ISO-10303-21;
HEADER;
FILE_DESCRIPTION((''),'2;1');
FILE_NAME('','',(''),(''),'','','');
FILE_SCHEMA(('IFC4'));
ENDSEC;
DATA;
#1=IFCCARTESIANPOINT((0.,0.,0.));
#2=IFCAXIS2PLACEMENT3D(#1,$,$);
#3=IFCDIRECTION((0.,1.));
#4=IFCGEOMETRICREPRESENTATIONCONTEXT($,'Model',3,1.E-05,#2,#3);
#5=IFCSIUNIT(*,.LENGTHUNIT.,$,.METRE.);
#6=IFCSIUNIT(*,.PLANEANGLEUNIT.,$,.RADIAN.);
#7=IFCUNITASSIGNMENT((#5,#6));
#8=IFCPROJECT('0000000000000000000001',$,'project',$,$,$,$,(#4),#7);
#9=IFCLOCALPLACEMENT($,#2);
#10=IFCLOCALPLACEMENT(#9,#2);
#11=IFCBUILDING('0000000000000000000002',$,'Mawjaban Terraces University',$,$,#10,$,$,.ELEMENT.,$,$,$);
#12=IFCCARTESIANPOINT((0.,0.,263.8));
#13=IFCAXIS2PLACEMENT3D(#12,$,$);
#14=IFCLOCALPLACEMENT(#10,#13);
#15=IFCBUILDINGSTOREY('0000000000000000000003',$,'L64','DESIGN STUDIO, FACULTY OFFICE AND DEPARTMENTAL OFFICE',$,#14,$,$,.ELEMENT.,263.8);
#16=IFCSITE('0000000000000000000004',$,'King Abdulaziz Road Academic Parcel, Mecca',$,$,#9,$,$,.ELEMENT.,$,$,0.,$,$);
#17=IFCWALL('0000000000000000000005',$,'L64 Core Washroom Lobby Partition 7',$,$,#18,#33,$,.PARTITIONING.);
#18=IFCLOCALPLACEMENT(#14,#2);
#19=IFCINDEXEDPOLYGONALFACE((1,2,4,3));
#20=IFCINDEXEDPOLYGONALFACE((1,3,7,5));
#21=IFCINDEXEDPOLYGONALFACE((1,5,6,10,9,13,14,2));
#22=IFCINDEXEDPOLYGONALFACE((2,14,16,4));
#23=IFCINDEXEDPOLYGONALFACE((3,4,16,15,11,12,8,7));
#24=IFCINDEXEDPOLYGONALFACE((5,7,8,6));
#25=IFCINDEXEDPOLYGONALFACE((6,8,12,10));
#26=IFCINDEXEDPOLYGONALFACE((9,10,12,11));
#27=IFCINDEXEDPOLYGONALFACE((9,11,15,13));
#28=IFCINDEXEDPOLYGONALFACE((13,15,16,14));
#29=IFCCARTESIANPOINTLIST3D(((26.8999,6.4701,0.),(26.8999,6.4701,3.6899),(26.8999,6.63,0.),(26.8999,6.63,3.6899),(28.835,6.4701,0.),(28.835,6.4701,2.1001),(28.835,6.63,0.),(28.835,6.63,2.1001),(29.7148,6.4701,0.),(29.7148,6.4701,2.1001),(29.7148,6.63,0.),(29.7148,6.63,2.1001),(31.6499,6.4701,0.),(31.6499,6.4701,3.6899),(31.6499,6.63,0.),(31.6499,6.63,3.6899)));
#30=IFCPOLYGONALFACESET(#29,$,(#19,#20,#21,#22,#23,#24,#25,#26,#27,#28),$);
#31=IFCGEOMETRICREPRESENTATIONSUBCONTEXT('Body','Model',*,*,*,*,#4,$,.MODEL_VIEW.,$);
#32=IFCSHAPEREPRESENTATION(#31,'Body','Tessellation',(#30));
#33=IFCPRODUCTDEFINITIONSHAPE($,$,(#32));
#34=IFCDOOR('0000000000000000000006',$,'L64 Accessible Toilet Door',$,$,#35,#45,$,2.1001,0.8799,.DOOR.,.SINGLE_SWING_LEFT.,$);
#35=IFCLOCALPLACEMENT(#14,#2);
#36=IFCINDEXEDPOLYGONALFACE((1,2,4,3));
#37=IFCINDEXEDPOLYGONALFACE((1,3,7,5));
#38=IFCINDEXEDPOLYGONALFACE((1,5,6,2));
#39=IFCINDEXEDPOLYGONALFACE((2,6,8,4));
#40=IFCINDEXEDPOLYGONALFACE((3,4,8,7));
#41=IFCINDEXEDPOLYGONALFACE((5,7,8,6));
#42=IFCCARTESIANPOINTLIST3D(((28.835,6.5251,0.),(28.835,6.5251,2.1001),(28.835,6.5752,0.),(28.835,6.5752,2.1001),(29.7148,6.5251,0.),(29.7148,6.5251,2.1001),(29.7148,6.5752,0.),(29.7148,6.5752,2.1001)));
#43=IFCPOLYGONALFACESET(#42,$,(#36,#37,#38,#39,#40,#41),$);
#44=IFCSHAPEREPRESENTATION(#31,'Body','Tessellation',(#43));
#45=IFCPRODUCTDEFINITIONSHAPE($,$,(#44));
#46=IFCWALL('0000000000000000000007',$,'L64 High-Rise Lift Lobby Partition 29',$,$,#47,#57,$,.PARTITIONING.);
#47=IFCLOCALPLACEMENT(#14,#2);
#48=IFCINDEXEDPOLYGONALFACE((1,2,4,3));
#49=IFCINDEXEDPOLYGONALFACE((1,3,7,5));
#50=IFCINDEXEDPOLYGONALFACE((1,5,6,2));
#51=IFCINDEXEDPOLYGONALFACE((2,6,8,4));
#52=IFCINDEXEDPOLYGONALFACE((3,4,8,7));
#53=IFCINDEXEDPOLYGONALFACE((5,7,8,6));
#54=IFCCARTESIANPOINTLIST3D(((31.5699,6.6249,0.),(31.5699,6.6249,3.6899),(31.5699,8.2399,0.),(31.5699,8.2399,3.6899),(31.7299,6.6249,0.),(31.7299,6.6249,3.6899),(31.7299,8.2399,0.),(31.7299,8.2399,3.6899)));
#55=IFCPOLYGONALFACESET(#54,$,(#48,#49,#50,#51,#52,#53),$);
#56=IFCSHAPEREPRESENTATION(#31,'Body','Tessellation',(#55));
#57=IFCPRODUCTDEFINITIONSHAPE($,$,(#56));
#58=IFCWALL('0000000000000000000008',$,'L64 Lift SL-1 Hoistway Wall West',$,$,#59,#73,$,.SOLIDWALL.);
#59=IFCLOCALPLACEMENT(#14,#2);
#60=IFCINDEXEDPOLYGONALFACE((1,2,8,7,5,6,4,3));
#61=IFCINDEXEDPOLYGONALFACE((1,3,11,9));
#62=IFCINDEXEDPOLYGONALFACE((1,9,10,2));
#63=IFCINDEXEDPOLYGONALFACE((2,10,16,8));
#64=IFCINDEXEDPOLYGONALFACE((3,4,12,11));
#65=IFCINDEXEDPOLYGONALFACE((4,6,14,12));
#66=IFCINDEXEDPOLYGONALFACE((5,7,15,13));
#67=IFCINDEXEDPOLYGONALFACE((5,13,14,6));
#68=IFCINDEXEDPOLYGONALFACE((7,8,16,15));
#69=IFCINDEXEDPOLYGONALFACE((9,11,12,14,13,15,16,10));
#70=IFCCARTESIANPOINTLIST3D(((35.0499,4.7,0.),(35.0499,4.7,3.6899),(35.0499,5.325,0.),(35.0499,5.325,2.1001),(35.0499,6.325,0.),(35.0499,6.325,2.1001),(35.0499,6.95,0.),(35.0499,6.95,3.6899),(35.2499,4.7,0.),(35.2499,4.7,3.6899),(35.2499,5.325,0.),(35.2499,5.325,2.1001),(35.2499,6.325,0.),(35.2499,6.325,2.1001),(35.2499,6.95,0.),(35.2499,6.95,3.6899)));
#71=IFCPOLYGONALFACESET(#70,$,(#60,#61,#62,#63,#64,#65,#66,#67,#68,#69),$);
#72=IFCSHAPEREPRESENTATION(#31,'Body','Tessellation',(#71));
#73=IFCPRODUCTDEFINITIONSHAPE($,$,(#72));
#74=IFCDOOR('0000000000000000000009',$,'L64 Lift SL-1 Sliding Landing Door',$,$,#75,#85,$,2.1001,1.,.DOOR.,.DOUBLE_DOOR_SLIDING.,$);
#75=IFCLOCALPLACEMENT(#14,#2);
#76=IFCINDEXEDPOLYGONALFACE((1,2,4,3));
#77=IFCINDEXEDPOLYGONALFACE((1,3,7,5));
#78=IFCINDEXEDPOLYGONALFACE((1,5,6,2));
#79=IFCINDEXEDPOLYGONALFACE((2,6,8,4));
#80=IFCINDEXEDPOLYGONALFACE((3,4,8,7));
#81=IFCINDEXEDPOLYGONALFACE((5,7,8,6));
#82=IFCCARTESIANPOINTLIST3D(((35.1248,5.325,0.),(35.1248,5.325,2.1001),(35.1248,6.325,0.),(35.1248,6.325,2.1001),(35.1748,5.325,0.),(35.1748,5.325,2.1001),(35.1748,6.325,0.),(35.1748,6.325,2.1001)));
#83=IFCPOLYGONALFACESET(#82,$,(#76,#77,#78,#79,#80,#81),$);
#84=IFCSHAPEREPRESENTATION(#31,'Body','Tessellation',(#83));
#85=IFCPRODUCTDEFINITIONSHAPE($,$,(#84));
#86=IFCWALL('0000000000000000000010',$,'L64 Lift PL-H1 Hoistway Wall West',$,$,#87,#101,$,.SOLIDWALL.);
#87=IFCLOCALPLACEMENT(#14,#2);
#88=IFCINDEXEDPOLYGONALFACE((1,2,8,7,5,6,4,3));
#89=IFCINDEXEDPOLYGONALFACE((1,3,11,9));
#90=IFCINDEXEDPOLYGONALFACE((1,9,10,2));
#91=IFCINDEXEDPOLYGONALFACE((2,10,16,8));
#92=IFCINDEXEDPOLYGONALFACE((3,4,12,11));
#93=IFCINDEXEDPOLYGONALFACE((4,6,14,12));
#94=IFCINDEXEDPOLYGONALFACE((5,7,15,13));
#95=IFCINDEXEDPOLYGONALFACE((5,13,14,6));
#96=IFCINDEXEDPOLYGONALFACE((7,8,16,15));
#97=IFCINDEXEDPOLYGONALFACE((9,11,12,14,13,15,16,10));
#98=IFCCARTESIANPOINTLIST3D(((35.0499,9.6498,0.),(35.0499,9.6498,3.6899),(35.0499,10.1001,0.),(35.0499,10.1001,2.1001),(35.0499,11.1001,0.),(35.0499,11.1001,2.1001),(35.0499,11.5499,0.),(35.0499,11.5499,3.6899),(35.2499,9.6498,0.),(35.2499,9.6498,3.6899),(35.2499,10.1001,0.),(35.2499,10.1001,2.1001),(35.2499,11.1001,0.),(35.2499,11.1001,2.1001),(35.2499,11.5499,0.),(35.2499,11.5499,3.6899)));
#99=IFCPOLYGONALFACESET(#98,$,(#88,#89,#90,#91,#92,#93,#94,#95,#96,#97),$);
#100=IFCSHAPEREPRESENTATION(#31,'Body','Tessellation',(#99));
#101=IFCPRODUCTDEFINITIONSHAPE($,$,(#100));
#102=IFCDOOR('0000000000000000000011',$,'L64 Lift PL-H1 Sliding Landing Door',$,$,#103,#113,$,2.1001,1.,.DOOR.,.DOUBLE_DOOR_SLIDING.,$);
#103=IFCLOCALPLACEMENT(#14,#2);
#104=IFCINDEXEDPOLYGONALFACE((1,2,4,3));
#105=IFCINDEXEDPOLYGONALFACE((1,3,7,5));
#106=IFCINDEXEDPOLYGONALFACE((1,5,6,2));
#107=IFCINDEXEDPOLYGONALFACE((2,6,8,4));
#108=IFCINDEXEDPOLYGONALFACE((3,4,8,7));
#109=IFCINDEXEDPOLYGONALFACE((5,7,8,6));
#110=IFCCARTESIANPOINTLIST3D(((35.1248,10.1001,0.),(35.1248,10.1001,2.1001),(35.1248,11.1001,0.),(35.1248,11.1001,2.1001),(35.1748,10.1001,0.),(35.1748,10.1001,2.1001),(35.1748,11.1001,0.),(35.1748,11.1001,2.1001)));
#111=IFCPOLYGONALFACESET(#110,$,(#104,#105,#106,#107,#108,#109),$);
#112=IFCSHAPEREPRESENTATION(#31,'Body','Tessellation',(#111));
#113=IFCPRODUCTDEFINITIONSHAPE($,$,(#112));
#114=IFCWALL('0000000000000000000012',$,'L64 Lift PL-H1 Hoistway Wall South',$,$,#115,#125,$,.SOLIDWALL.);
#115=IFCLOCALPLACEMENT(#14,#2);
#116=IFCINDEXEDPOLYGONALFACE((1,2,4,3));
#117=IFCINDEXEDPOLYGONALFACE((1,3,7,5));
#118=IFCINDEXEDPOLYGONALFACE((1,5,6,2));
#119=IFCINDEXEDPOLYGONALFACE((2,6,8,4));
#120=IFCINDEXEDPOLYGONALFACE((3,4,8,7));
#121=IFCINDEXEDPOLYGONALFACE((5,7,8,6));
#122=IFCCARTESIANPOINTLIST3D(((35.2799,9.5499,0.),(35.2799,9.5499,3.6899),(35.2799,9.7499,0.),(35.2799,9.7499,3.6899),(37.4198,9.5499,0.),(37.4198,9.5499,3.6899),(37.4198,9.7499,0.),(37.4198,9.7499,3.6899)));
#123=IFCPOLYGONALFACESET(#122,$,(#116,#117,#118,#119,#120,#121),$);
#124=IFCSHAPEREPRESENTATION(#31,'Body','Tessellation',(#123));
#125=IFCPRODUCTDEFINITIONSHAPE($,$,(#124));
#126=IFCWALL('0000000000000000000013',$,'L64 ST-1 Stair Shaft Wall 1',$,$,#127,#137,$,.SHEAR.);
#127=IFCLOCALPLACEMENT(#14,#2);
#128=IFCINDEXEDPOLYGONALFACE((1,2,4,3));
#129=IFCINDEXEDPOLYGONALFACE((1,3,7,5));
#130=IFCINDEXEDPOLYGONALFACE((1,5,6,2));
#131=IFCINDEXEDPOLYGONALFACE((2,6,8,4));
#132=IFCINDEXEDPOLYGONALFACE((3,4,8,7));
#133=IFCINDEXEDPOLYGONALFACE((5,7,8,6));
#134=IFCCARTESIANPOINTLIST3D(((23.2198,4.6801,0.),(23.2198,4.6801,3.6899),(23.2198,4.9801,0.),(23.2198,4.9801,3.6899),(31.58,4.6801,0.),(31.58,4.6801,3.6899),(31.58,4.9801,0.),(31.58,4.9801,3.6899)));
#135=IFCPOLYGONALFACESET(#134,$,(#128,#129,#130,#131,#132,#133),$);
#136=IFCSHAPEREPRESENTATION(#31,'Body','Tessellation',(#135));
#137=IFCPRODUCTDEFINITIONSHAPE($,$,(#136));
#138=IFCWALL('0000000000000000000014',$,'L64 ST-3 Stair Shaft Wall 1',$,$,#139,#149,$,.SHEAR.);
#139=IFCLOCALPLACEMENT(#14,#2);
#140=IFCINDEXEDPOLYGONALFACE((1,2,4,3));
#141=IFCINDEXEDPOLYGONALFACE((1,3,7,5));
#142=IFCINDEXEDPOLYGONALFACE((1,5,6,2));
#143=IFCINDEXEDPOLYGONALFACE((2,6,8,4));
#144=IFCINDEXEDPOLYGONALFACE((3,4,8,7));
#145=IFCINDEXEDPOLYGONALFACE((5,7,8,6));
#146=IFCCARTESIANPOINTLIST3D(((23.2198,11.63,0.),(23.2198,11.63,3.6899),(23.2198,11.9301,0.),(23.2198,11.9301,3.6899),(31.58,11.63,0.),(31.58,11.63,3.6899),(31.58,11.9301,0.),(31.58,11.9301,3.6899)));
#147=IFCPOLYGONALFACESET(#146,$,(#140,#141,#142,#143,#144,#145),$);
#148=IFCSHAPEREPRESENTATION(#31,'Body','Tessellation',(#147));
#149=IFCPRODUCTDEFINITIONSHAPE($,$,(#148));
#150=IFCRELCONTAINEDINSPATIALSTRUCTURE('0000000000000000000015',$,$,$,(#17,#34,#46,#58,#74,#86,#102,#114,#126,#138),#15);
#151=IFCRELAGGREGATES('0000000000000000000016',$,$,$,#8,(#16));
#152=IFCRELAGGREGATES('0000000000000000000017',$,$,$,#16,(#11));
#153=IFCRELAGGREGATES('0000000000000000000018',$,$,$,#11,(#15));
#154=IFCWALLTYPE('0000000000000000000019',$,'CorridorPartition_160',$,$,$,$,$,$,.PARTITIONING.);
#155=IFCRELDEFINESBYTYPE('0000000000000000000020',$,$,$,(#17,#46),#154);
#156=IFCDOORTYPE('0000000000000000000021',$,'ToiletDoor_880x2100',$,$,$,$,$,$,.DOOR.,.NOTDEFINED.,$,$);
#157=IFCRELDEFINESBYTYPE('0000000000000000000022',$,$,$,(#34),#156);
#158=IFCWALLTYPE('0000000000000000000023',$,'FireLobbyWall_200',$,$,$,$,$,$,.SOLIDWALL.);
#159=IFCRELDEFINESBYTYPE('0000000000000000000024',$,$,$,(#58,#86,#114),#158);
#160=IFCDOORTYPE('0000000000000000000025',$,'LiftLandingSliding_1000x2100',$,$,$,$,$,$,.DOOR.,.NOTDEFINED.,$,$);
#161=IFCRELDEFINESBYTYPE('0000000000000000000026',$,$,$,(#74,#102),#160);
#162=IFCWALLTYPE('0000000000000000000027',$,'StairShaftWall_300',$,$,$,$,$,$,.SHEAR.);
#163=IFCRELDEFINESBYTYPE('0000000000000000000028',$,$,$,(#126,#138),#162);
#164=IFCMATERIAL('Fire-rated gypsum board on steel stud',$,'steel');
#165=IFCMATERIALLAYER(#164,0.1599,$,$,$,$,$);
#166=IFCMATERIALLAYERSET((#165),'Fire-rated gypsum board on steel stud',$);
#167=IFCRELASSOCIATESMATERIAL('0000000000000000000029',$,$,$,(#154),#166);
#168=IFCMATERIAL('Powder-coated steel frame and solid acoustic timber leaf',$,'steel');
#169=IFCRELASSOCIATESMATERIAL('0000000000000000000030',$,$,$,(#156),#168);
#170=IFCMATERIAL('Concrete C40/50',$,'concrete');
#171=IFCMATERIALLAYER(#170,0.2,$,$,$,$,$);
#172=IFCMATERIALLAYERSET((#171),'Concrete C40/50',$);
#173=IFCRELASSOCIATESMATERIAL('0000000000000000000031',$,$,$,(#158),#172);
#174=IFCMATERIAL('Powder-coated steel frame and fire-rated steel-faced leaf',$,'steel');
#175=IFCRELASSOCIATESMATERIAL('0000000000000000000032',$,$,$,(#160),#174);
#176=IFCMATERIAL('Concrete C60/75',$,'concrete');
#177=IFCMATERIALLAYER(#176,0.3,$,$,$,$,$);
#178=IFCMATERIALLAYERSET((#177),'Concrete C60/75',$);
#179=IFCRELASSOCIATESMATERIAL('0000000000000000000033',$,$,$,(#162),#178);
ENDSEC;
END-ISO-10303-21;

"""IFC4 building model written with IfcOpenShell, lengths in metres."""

from ifc_helpers import new_model, si_unit, direction, frame, frame_2d, origin, place, context, subcontext, project, spatial, rectangle, extrude, material, layer, layer_set, type_object, element, fill, save


model = new_model("IFC4")

# Units and contexts
model_context = context("Model", 3, precision=1e-05, world=origin(), true_north=direction((0.0, 1.0)))
body_context = subcontext(model_context, "Body", "Model", "MODEL_VIEW")
ifc_project = project(units=[si_unit("LENGTHUNIT", "METRE"), si_unit("PLANEANGLEUNIT", "RADIAN")], contexts=[model_context])

# Site, building, storey
site_placement = place(None, origin())
site = spatial("IfcSite", under=ifc_project, at=site_placement, Name="King Abdulaziz Road Academic Parcel, Mecca", CompositionType="ELEMENT", RefElevation=0.0)
building_placement = place(site_placement, origin())
building = spatial("IfcBuilding", under=site, at=building_placement, Name="Mawjaban Terraces University", CompositionType="ELEMENT")
storey_placement = place(building_placement, frame((0.0, 0.0, 263.8)))
storey = spatial("IfcBuildingStorey", under=building, at=storey_placement, Name="L64", Description="DESIGN STUDIO, FACULTY OFFICE AND DEPARTMENTAL OFFICE", CompositionType="ELEMENT", Elevation=263.8)

# Wall, opening, door
ifc_material_1 = material(Name="Fire-rated gypsum board on steel stud", Category="steel")
ifc_layer_1 = layer(ifc_material_1, 0.1599)
ifc_layer_set_1 = layer_set([ifc_layer_1], Name="Fire-rated gypsum board on steel stud")
wall_type_1 = type_object("IfcWallType", Name="CorridorPartition_160", PredefinedType="PARTITIONING", material=ifc_layer_set_1)
wall_1_placement = place(storey_placement, frame((31.6499, 6.55, 0.0), z_axis=(0.0, 0.0, 1.0), x_axis=(-1.0, 0.0, 0.0)))
wall_1 = element("IfcWall", 1, at=wall_1_placement, inside=storey, type_object=wall_type_1, Name="L64 Core Washroom Lobby Partition 7", PredefinedType="PARTITIONING", context=body_context, shape_type="SweptSolid", body=[
    extrude(rectangle(XDim=4.75, YDim=0.1599, at=frame_2d((2.375, 0.0))), origin(), (0.0, 0.0, 1.0), 3.6899),
])
opening_1_placement = place(wall_1_placement, frame((1.9351, 0.0, 0.0)))
opening_1 = element("IfcOpeningElement", 2, at=opening_1_placement, cuts=wall_1, PredefinedType="OPENING", context=body_context, shape_type="SweptSolid", body=[
    extrude(rectangle(XDim=0.8799, YDim=2.1001, at=frame_2d((0.4399, 1.05))), frame((0.0, 0.0898, 0.0), z_axis=(0.0, -1.0, 0.0), x_axis=(1.0, 0.0, 0.0)), (0.0, 0.0, 1.0), 0.1799),
])
ifc_material_2 = material(Name="Powder-coated steel frame and solid acoustic timber leaf", Category="steel")
door_type_1 = type_object("IfcDoorType", Name="ToiletDoor_880x2100", OperationType="NOTDEFINED", PredefinedType="DOOR", material=ifc_material_2)
door_1_placement = place(opening_1_placement, origin())
door_1 = element("IfcDoor", 3, at=door_1_placement, inside=storey, type_object=door_type_1, Name="L64 Accessible Toilet Door", OperationType="SINGLE_SWING_LEFT", OverallHeight=2.1001, OverallWidth=0.8799, PredefinedType="DOOR", context=body_context, shape_type="SweptSolid", body=[
    extrude(rectangle(XDim=0.8799, YDim=2.1001, at=frame_2d((0.4399, 1.05))), frame((0.0, 0.0249, 0.0), z_axis=(0.0, -1.0, 0.0), x_axis=(1.0, 0.0, 0.0)), (0.0, 0.0, 1.0), 0.05),
])
fill(opening_1, door_1)

# Wall
wall_2_placement = place(storey_placement, frame((31.6499, 8.24, 0.0), z_axis=(0.0, 0.0, 1.0), x_axis=(0.0, -1.0, 0.0)))
element("IfcWall", 4, at=wall_2_placement, inside=storey, type_object=wall_type_1, Name="L64 High-Rise Lift Lobby Partition 29", PredefinedType="PARTITIONING", context=body_context, shape_type="SweptSolid", body=[
    extrude(rectangle(XDim=1.615, YDim=0.1599, at=frame_2d((0.8076, 0.0))), origin(), (0.0, 0.0, 1.0), 3.6899),
])

# Walls, openings, doors
ifc_material_3 = material(Name="Concrete C40/50", Category="concrete")
ifc_layer_2 = layer(ifc_material_3, 0.2)
ifc_layer_set_2 = layer_set([ifc_layer_2], Name="Concrete C40/50")
wall_type_2 = type_object("IfcWallType", Name="FireLobbyWall_200", PredefinedType="SOLIDWALL", material=ifc_layer_set_2)
wall_3_placement = place(storey_placement, frame((35.1499, 6.95, 0.0), z_axis=(0.0, 0.0, 1.0), x_axis=(0.0, -1.0, 0.0)))
wall_3 = element("IfcWall", 5, at=wall_3_placement, inside=storey, type_object=wall_type_2, Name="L64 Lift SL-1 Hoistway Wall West", PredefinedType="SOLIDWALL", context=body_context, shape_type="SweptSolid", body=[
    extrude(rectangle(XDim=2.25, YDim=0.2, at=frame_2d((1.125, 0.0))), origin(), (0.0, 0.0, 1.0), 3.6899),
])
opening_2_placement = place(wall_3_placement, frame((0.625, 0.0, 0.0)))
opening_2 = element("IfcOpeningElement", 6, at=opening_2_placement, cuts=wall_3, PredefinedType="OPENING", context=body_context, shape_type="SweptSolid", body=[
    extrude(rectangle(XDim=1.0, YDim=2.1001, at=frame_2d((0.5, 1.05))), frame((0.0, 0.1099, 0.0), z_axis=(0.0, -1.0, 0.0), x_axis=(1.0, 0.0, 0.0)), (0.0, 0.0, 1.0), 0.22),
])
ifc_material_4 = material(Name="Powder-coated steel frame and fire-rated steel-faced leaf", Category="steel")
door_type_2 = type_object("IfcDoorType", Name="LiftLandingSliding_1000x2100", OperationType="NOTDEFINED", PredefinedType="DOOR", material=ifc_material_4)
door_2_placement = place(opening_2_placement, origin())
door_2 = element("IfcDoor", 7, at=door_2_placement, inside=storey, type_object=door_type_2, Name="L64 Lift SL-1 Sliding Landing Door", OperationType="DOUBLE_DOOR_SLIDING", OverallHeight=2.1001, OverallWidth=1.0, PredefinedType="DOOR", context=body_context, shape_type="SweptSolid", body=[
    extrude(rectangle(XDim=1.0, YDim=2.1001, at=frame_2d((0.5, 1.05))), frame((0.0, 0.0249, 0.0), z_axis=(0.0, -1.0, 0.0), x_axis=(1.0, 0.0, 0.0)), (0.0, 0.0, 1.0), 0.05),
])
fill(opening_2, door_2)
wall_4_placement = place(storey_placement, frame((35.1499, 11.55, 0.0), z_axis=(0.0, 0.0, 1.0), x_axis=(0.0, -1.0, 0.0)))
wall_4 = element("IfcWall", 8, at=wall_4_placement, inside=storey, type_object=wall_type_2, Name="L64 Lift PL-H1 Hoistway Wall West", PredefinedType="SOLIDWALL", context=body_context, shape_type="SweptSolid", body=[
    extrude(rectangle(XDim=1.9001, YDim=0.2, at=frame_2d((0.9502, 0.0))), origin(), (0.0, 0.0, 1.0), 3.6899),
])
opening_3_placement = place(wall_4_placement, frame((0.45, 0.0, 0.0)))
opening_3 = element("IfcOpeningElement", 9, at=opening_3_placement, cuts=wall_4, PredefinedType="OPENING", context=body_context, shape_type="SweptSolid", body=[
    extrude(rectangle(XDim=1.0, YDim=2.1001, at=frame_2d((0.5, 1.05))), frame((0.0, 0.1099, 0.0), z_axis=(0.0, -1.0, 0.0), x_axis=(1.0, 0.0, 0.0)), (0.0, 0.0, 1.0), 0.22),
])
door_3_placement = place(opening_3_placement, origin())
door_3 = element("IfcDoor", 10, at=door_3_placement, inside=storey, type_object=door_type_2, Name="L64 Lift PL-H1 Sliding Landing Door", OperationType="DOUBLE_DOOR_SLIDING", OverallHeight=2.1001, OverallWidth=1.0, PredefinedType="DOOR", context=body_context, shape_type="SweptSolid", body=[
    extrude(rectangle(XDim=1.0, YDim=2.1001, at=frame_2d((0.5, 1.05))), frame((0.0, 0.0249, 0.0), z_axis=(0.0, -1.0, 0.0), x_axis=(1.0, 0.0, 0.0)), (0.0, 0.0, 1.0), 0.05),
])
fill(opening_3, door_3)

# Walls
wall_5_placement = place(storey_placement, frame((35.28, 9.6499, 0.0), z_axis=(0.0, 0.0, 1.0), x_axis=(1.0, 0.0, 0.0)))
element("IfcWall", 11, at=wall_5_placement, inside=storey, type_object=wall_type_2, Name="L64 Lift PL-H1 Hoistway Wall South", PredefinedType="SOLIDWALL", context=body_context, shape_type="SweptSolid", body=[
    extrude(rectangle(XDim=2.1399, YDim=0.2, at=frame_2d((1.0698, 0.0))), origin(), (0.0, 0.0, 1.0), 3.6899),
])
ifc_material_5 = material(Name="Concrete C60/75", Category="concrete")
ifc_layer_3 = layer(ifc_material_5, 0.3)
ifc_layer_set_3 = layer_set([ifc_layer_3], Name="Concrete C60/75")
wall_type_3 = type_object("IfcWallType", Name="StairShaftWall_300", PredefinedType="SHEAR", material=ifc_layer_set_3)
for number, where, z_axis, x_axis, name in (
    (12, (31.5801, 4.8301, 0.0), (0.0, 0.0, 1.0), (-1.0, 0.0, 0.0), "L64 ST-1 Stair Shaft Wall 1"),
    (13, (31.5801, 11.78, 0.0), (0.0, 0.0, 1.0), (-1.0, 0.0, 0.0), "L64 ST-3 Stair Shaft Wall 1"),
):
    element("IfcWall", number, at=place(storey_placement, frame(where, z_axis=z_axis, x_axis=x_axis)), inside=storey, type_object=wall_type_3, Name=name, PredefinedType="SHEAR", context=body_context, shape_type="SweptSolid", body=[
        extrude(rectangle(XDim=8.3601, YDim=0.3, at=frame_2d((4.1802, 0.0))), origin(), (0.0, 0.0, 1.0), 3.6899),
    ])

save(model, "model.ifc")
